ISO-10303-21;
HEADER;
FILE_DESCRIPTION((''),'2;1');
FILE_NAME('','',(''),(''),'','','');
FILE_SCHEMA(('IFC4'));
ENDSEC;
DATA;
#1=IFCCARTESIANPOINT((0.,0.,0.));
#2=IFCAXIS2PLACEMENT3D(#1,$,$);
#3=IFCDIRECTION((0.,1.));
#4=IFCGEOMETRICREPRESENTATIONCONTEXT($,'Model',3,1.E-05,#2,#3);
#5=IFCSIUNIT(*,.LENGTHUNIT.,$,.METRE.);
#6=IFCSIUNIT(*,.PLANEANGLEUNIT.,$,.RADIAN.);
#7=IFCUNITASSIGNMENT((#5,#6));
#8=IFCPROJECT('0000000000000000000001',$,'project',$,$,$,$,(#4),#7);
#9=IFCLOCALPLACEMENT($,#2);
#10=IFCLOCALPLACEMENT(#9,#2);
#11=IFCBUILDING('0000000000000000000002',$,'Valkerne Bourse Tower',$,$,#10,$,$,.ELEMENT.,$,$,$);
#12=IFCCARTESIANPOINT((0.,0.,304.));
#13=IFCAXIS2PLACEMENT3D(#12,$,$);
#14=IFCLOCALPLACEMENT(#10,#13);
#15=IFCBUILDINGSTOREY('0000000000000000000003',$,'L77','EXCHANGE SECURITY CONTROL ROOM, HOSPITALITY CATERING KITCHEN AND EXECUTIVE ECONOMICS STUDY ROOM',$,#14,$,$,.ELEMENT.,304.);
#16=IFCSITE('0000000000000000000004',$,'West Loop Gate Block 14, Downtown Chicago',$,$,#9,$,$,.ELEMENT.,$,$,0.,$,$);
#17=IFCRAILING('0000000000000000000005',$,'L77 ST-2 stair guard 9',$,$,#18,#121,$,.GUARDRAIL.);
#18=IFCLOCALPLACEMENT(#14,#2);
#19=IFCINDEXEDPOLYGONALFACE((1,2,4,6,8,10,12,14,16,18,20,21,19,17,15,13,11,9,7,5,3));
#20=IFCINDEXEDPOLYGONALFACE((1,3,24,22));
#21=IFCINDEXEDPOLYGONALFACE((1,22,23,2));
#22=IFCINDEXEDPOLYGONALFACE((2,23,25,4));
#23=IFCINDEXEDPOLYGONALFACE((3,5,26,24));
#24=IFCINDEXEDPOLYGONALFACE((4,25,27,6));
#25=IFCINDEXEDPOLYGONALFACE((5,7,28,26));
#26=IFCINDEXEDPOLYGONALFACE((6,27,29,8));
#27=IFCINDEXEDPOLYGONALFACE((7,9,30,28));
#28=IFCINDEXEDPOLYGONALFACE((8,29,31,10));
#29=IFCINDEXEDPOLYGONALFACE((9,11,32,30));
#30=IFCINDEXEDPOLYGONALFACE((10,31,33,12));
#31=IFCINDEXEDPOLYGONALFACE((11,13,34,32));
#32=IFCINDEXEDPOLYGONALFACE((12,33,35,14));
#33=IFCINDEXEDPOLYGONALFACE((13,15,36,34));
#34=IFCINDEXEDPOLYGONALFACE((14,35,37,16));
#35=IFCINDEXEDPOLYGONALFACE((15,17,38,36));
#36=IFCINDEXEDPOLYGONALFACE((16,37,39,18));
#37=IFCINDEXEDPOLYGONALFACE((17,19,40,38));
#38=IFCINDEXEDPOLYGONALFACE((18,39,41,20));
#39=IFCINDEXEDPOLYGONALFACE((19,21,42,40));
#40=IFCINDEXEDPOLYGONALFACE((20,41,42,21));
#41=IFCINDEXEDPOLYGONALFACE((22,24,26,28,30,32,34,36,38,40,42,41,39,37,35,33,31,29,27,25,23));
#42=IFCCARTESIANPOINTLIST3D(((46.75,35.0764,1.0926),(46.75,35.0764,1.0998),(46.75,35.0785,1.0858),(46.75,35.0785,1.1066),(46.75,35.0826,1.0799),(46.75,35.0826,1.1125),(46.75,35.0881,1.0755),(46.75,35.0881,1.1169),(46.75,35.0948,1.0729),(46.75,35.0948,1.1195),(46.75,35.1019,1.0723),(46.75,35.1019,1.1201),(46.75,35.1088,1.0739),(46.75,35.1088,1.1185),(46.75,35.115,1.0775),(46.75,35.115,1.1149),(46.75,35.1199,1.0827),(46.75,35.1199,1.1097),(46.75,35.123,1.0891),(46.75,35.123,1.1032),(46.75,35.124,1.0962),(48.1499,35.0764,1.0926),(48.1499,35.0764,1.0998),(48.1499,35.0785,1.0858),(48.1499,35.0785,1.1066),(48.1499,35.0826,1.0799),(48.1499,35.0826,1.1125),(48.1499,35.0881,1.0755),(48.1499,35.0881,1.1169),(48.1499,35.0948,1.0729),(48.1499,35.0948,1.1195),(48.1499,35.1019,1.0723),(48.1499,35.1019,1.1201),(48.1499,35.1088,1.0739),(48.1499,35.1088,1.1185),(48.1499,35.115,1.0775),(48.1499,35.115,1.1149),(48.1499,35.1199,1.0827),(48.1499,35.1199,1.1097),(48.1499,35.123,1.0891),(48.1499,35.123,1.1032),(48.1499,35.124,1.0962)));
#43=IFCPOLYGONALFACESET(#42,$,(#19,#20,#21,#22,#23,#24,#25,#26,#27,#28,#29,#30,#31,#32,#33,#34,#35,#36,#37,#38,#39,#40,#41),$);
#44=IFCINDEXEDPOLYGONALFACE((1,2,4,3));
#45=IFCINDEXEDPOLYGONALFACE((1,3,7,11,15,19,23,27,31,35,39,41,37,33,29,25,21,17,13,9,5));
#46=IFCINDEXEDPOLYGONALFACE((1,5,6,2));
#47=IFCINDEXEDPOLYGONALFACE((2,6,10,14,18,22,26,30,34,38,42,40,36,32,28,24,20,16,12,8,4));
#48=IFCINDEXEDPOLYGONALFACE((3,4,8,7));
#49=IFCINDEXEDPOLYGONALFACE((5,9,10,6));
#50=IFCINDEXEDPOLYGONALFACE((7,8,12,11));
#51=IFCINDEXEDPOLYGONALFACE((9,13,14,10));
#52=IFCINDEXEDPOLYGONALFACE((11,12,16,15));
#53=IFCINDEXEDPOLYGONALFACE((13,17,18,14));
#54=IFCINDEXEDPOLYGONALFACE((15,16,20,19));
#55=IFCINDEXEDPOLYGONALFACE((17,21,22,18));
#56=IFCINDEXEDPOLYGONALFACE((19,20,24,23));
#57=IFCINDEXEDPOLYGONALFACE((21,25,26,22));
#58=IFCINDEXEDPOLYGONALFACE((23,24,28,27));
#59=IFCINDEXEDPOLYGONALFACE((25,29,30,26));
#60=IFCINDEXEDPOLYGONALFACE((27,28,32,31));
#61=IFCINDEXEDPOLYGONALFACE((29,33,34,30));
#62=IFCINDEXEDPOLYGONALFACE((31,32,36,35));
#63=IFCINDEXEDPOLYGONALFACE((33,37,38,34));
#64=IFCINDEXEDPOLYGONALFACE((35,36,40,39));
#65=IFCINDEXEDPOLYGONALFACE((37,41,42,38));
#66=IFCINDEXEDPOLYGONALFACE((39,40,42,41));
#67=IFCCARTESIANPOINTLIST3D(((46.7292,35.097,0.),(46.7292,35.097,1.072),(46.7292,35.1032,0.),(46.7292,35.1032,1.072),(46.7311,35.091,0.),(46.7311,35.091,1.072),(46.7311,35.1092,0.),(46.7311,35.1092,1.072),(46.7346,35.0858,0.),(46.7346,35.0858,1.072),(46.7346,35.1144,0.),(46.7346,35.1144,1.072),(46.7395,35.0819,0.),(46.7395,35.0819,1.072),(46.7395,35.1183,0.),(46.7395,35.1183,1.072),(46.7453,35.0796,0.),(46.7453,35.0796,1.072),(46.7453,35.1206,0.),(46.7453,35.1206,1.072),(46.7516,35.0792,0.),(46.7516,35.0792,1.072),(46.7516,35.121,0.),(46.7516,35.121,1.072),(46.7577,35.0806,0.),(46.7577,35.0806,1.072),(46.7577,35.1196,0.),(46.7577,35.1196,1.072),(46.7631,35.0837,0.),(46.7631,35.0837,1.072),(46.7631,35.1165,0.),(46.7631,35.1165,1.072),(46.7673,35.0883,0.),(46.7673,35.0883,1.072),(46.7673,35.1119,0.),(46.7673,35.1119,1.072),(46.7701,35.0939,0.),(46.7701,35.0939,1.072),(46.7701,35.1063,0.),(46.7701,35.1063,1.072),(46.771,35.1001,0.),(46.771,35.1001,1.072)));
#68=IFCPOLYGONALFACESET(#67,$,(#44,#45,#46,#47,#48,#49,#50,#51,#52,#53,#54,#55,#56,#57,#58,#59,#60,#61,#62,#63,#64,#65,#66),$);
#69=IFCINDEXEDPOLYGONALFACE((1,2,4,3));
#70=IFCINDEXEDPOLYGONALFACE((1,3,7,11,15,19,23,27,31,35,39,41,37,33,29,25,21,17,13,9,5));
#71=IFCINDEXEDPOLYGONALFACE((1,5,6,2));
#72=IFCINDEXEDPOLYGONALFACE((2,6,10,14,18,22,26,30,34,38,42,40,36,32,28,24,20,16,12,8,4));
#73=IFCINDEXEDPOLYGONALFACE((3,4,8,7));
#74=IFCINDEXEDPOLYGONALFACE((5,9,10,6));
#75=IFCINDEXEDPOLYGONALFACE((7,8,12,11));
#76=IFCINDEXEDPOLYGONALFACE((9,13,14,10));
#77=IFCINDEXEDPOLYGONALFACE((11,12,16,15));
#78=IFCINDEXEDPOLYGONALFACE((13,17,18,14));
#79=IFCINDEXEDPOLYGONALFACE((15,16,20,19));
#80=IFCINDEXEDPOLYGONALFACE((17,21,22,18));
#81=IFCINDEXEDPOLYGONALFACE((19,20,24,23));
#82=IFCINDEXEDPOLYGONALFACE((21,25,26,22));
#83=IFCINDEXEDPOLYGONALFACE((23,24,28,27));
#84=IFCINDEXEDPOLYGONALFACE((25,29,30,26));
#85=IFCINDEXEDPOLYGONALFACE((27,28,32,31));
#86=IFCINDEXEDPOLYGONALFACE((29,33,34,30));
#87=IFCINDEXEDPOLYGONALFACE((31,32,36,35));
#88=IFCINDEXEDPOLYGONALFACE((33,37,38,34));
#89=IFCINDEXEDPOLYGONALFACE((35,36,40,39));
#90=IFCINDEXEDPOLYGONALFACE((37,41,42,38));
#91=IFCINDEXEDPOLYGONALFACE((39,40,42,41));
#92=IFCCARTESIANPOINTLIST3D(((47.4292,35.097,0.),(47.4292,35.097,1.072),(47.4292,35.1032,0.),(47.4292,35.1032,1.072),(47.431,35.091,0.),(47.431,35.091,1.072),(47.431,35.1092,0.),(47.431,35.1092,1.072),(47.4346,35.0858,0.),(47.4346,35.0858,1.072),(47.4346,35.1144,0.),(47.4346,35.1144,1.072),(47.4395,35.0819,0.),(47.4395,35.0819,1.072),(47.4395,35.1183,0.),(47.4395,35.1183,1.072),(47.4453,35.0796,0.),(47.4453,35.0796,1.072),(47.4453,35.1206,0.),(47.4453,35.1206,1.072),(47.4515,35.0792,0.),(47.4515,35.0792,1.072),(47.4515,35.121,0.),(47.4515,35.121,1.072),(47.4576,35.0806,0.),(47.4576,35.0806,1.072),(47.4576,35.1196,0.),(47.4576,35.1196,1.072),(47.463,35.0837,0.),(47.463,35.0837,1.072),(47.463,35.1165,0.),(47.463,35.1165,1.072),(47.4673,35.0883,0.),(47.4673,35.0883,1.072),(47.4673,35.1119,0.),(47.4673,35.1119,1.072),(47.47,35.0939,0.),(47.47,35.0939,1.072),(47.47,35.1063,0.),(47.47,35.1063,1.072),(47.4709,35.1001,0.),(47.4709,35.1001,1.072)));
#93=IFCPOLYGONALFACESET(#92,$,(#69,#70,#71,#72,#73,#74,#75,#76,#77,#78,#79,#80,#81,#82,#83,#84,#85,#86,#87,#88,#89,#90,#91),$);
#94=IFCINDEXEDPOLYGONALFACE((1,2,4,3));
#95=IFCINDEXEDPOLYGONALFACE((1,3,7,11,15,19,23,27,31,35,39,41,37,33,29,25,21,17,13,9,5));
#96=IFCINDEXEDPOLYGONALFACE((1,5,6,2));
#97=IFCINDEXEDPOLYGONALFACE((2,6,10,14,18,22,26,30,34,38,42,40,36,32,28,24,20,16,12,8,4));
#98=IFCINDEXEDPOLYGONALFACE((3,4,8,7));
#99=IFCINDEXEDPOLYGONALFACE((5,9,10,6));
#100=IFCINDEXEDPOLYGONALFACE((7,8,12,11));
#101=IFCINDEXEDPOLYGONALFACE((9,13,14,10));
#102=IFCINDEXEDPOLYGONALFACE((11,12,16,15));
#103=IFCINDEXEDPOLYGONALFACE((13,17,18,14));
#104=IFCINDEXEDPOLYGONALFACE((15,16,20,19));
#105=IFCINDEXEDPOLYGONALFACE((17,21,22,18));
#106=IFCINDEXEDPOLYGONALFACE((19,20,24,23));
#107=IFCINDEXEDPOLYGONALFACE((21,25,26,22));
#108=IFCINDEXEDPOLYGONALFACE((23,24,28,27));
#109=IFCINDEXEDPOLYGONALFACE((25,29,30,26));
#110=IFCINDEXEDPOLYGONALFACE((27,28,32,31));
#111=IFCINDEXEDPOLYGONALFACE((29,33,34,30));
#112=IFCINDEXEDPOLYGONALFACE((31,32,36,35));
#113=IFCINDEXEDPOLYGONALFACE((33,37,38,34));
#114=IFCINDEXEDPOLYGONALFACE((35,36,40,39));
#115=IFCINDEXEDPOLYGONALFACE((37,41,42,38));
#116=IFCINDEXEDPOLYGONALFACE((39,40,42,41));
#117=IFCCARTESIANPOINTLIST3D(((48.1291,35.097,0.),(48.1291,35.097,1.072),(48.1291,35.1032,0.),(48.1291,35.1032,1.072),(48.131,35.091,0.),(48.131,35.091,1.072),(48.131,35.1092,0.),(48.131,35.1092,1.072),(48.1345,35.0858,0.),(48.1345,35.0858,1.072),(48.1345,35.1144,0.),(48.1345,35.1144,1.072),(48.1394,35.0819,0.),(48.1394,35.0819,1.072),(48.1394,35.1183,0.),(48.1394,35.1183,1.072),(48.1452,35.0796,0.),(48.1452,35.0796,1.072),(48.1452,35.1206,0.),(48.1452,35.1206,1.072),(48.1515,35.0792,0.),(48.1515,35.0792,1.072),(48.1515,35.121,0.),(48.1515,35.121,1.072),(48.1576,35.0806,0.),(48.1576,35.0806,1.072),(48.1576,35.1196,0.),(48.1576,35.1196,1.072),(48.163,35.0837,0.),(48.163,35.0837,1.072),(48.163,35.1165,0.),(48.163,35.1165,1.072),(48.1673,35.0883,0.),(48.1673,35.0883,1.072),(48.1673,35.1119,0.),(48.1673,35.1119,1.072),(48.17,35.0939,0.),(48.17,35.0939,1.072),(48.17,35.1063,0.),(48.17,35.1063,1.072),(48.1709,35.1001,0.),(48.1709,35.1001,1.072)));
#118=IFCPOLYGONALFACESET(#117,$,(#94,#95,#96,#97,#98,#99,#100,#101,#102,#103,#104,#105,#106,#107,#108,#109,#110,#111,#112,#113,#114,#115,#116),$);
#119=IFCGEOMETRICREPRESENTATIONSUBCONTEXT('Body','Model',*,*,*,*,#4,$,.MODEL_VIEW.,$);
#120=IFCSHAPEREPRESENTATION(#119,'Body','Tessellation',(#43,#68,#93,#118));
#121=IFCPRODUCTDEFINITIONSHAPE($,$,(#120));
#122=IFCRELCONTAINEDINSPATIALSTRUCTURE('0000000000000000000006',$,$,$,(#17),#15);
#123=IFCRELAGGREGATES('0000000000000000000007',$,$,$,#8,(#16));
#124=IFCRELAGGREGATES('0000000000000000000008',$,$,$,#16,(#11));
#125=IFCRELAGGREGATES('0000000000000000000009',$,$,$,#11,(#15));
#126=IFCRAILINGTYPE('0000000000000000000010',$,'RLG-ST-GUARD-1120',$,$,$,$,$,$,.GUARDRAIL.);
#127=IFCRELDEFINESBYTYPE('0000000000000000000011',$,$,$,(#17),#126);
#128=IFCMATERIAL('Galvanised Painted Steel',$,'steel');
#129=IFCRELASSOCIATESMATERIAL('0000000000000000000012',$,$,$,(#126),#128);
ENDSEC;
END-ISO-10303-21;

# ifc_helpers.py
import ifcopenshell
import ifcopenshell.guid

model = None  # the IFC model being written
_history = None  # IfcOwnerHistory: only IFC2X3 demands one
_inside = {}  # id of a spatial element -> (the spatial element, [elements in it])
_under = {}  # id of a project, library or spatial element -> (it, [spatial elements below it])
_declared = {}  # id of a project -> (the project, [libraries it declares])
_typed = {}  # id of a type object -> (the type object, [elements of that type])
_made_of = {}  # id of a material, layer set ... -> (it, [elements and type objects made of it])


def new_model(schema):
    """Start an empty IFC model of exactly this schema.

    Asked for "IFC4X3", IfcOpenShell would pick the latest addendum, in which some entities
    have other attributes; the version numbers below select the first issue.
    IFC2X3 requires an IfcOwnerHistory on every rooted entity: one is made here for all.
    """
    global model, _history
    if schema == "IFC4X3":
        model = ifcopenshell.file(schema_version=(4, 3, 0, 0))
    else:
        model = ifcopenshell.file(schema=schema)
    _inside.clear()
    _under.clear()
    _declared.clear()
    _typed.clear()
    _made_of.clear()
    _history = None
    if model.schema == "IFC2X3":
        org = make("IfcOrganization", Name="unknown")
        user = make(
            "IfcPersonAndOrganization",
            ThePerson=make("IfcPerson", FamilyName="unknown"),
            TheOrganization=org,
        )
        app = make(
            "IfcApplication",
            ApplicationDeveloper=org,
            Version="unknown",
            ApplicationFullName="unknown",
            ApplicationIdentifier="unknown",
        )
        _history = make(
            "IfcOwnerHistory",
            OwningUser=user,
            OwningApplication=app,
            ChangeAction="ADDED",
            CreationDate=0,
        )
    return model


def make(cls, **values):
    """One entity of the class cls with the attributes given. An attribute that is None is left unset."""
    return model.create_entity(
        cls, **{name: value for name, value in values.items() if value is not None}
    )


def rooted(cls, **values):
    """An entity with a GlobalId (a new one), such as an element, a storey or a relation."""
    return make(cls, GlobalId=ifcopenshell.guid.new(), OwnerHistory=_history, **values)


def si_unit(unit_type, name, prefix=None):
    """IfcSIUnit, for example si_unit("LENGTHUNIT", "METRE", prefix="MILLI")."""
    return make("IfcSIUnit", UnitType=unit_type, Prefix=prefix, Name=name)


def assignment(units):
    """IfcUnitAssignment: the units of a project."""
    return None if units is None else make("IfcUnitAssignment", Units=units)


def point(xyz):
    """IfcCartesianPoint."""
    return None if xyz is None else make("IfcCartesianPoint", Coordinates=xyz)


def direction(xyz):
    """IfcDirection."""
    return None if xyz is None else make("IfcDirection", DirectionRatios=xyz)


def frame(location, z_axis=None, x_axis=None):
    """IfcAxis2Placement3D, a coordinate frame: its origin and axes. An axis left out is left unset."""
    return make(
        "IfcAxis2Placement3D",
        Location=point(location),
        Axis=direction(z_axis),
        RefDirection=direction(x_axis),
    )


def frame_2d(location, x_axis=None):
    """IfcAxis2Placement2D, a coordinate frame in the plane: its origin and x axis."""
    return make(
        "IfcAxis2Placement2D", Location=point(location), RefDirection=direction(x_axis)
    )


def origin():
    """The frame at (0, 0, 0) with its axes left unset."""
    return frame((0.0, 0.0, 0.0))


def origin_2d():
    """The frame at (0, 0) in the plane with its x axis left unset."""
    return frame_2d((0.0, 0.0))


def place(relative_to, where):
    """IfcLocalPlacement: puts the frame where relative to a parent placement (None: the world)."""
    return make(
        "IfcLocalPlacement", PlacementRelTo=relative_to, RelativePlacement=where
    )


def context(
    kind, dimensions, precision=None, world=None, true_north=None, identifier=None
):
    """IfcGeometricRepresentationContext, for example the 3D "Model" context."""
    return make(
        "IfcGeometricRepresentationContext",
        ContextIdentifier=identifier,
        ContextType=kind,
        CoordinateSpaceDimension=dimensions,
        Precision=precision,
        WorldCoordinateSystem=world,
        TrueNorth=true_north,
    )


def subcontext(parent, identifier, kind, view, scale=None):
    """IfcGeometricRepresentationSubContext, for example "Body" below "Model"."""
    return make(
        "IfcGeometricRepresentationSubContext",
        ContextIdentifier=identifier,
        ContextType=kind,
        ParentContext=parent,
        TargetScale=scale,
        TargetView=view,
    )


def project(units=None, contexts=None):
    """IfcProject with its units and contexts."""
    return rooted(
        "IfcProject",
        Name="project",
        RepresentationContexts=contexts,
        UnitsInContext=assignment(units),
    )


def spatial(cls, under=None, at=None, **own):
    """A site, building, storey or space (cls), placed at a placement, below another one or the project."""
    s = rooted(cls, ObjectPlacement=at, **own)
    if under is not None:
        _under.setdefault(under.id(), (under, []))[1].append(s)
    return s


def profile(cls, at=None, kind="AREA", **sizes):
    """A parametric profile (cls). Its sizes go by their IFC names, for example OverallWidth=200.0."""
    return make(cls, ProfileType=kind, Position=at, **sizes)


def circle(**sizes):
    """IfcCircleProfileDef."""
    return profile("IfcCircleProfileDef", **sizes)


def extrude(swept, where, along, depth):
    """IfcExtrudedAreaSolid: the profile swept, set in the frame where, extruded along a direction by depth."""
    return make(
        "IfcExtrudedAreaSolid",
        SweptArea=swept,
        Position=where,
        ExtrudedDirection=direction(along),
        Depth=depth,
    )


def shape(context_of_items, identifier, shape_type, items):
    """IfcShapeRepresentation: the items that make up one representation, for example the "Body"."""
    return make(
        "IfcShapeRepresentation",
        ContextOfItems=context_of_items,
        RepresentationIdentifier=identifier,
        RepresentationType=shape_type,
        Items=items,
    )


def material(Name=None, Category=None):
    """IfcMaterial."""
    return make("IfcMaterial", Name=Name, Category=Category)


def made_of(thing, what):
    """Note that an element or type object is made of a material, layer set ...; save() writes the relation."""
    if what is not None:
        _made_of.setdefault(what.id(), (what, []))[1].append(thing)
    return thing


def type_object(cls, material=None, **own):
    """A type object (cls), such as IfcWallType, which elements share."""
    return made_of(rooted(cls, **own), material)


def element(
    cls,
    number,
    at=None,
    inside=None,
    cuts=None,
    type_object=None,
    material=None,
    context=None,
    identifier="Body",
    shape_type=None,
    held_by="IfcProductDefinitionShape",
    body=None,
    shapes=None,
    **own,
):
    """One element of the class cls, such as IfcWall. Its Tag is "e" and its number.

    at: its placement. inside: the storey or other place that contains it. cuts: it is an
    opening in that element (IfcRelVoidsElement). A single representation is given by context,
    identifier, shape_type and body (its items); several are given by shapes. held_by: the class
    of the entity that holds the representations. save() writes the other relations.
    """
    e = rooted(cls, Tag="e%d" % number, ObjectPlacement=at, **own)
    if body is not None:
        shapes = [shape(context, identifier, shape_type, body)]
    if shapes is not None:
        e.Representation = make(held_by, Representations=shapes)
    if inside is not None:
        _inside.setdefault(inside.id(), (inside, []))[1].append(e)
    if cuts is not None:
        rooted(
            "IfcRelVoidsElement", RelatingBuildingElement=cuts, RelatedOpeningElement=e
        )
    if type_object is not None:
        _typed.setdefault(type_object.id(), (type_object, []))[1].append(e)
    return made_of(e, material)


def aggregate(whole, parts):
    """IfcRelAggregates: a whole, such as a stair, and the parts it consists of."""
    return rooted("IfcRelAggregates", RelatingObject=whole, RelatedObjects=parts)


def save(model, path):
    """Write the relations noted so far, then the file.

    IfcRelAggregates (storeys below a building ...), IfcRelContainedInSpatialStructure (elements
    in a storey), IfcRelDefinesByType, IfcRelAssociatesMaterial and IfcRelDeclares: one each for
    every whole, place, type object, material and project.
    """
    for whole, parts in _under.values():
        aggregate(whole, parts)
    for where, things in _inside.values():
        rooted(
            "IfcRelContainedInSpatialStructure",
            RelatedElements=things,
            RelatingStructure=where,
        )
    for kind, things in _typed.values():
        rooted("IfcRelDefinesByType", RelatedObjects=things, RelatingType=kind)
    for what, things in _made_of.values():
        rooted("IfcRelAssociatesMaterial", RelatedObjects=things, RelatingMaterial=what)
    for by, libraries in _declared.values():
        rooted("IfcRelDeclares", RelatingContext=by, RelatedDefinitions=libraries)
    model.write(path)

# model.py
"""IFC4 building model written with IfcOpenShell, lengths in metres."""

from ifc_helpers import new_model, si_unit, direction, frame, origin, origin_2d, place, context, subcontext, project, spatial, circle, extrude, material, type_object, element, save


model = new_model("IFC4")

# Units and contexts
model_context = context("Model", 3, precision=1e-05, world=origin(), true_north=direction((0.0, 1.0)))
body_context = subcontext(model_context, "Body", "Model", "MODEL_VIEW")
ifc_project = project(units=[si_unit("LENGTHUNIT", "METRE"), si_unit("PLANEANGLEUNIT", "RADIAN")], contexts=[model_context])

# Site, building, storey
site_placement = place(None, origin())
site = spatial("IfcSite", under=ifc_project, at=site_placement, Name="West Loop Gate Block 14, Downtown Chicago", CompositionType="ELEMENT", RefElevation=0.0)
building_placement = place(site_placement, origin())
building = spatial("IfcBuilding", under=site, at=building_placement, Name="Valkerne Bourse Tower", CompositionType="ELEMENT")
storey_placement = place(building_placement, frame((0.0, 0.0, 304.0)))
storey = spatial("IfcBuildingStorey", under=building, at=storey_placement, Name="L77", Description="EXCHANGE SECURITY CONTROL ROOM, HOSPITALITY CATERING KITCHEN AND EXECUTIVE ECONOMICS STUDY ROOM", CompositionType="ELEMENT", Elevation=304.0)

# Shared definitions
ifc_material_1 = material(Name="Galvanised Painted Steel", Category="steel")

# Railing
railing_type_1 = type_object("IfcRailingType", Name="RLG-ST-GUARD-1120", PredefinedType="GUARDRAIL", material=ifc_material_1)
for number, where, name in (
    (1, (46.75, 35.1001, 0.0), "L77 ST-2 stair guard 9"),
):
    element("IfcRailing", number, at=place(storey_placement, frame(where)), inside=storey, type_object=railing_type_1, Name=name, PredefinedType="GUARDRAIL", context=body_context, shape_type="SweptSolid", body=[
        extrude(circle(Radius=0.0239, at=origin_2d()), frame((0.0, 0.0, 1.0962), z_axis=(1.0, 0.0, 0.0), x_axis=(0.0, 1.0, 0.0)), (0.0, 0.0, 1.0), 1.3999),
        extrude(circle(Radius=0.021, at=origin_2d()), origin(), (0.0, 0.0, 1.0), 1.072),
        extrude(circle(Radius=0.021, at=origin_2d()), frame((0.7, 0.0, 0.0)), (0.0, 0.0, 1.0), 1.072),
        extrude(circle(Radius=0.021, at=origin_2d()), frame((1.3999, 0.0, 0.0)), (0.0, 0.0, 1.0), 1.072),
    ])

save(model, "model.ifc")
